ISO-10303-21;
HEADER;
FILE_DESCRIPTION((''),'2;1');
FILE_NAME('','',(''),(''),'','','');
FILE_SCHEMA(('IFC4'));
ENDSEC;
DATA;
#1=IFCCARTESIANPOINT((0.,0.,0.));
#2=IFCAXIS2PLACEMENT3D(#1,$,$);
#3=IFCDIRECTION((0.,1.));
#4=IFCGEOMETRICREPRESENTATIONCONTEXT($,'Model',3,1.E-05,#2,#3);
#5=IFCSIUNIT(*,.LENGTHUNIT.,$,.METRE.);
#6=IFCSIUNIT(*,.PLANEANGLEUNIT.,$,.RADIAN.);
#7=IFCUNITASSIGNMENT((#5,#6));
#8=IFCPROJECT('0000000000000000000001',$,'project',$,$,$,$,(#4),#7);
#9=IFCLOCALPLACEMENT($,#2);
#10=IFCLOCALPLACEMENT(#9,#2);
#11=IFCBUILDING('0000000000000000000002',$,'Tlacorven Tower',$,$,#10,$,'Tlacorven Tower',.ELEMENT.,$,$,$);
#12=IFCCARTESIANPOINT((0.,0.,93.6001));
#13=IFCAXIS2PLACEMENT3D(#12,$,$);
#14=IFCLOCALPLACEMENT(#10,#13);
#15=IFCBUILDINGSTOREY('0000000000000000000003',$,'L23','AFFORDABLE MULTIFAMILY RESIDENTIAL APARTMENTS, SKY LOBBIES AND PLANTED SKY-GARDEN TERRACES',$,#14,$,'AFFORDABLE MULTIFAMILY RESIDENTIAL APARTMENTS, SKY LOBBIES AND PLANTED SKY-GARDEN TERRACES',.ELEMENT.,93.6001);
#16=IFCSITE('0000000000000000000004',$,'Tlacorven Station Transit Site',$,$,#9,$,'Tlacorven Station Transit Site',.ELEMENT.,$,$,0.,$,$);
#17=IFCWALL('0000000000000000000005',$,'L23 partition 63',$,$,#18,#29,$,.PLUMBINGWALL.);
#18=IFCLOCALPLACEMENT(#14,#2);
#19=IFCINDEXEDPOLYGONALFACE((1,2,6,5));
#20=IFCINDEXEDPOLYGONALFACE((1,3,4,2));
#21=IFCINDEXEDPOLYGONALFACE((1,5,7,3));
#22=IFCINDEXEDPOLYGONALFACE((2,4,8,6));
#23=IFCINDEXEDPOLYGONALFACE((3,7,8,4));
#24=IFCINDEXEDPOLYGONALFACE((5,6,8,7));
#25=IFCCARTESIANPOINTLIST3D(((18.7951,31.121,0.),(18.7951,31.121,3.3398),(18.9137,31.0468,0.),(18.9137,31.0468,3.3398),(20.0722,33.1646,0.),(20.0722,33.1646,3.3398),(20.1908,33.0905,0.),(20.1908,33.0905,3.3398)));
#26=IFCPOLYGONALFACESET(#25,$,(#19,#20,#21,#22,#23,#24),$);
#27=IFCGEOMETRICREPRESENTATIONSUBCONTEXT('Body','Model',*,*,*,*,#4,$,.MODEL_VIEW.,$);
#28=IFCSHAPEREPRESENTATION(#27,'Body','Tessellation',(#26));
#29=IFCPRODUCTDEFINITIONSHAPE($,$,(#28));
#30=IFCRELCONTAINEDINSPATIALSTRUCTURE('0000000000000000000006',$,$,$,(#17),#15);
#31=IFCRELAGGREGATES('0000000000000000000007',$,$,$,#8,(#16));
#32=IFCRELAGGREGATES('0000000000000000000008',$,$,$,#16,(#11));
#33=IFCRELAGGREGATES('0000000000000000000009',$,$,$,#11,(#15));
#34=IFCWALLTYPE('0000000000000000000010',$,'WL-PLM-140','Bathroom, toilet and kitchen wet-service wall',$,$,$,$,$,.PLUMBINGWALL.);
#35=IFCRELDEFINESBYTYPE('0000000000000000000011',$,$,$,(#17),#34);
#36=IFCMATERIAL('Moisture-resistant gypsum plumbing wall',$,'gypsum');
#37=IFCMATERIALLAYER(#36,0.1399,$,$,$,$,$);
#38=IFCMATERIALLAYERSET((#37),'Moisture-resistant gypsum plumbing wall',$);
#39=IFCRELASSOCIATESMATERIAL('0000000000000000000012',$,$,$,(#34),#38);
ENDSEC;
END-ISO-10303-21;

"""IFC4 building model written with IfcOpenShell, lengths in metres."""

from ifc_helpers import new_model, si_unit, direction, frame, frame_2d, origin, place, context, subcontext, project, spatial, rectangle, extrude, material, layer, layer_set, type_object, element, save


model = new_model("IFC4")

# Units and contexts
model_context = context("Model", 3, precision=1e-05, world=origin(), true_north=direction((0.0, 1.0)))
body_context = subcontext(model_context, "Body", "Model", "MODEL_VIEW")
ifc_project = project(units=[si_unit("LENGTHUNIT", "METRE"), si_unit("PLANEANGLEUNIT", "RADIAN")], contexts=[model_context])

# Site, building, storey
site_placement = place(None, origin())
site = spatial("IfcSite", under=ifc_project, at=site_placement, Name="Tlacorven Station Transit Site", LongName="Tlacorven Station Transit Site", CompositionType="ELEMENT", RefElevation=0.0)
building_placement = place(site_placement, origin())
building = spatial("IfcBuilding", under=site, at=building_placement, Name="Tlacorven Tower", LongName="Tlacorven Tower", CompositionType="ELEMENT")
storey_placement = place(building_placement, frame((0.0, 0.0, 93.6001)))
storey = spatial("IfcBuildingStorey", under=building, at=storey_placement, Name="L23", Description="AFFORDABLE MULTIFAMILY RESIDENTIAL APARTMENTS, SKY LOBBIES AND PLANTED SKY-GARDEN TERRACES", LongName="AFFORDABLE MULTIFAMILY RESIDENTIAL APARTMENTS, SKY LOBBIES AND PLANTED SKY-GARDEN TERRACES", CompositionType="ELEMENT", Elevation=93.6001)

# Shared definitions
ifc_material_1 = material(Name="Moisture-resistant gypsum plumbing wall", Category="gypsum")
ifc_layer_1 = layer(ifc_material_1, 0.1399)
ifc_layer_set_1 = layer_set([ifc_layer_1], Name="Moisture-resistant gypsum plumbing wall")
wall_type_1 = type_object("IfcWallType", Name="WL-PLM-140", Description="Bathroom, toilet and kitchen wet-service wall", PredefinedType="PLUMBINGWALL", material=ifc_layer_set_1)

# Wall
wall_1_placement = place(storey_placement, frame((20.1316, 33.1277, 0.0), z_axis=(0.0, 0.0, 1.0), x_axis=(-0.529935, -0.848038, 0.0)))
element("IfcWall", 1, at=wall_1_placement, inside=storey, type_object=wall_type_1, Name="L23 partition 63", PredefinedType="PLUMBINGWALL", context=body_context, shape_type="SweptSolid", body=[
    extrude(rectangle(XDim=2.4099, YDim=0.1399, at=frame_2d((1.2051, 0.0))), origin(), (0.0, 0.0, 1.0), 3.3398),
])

save(model, "model.ifc")
